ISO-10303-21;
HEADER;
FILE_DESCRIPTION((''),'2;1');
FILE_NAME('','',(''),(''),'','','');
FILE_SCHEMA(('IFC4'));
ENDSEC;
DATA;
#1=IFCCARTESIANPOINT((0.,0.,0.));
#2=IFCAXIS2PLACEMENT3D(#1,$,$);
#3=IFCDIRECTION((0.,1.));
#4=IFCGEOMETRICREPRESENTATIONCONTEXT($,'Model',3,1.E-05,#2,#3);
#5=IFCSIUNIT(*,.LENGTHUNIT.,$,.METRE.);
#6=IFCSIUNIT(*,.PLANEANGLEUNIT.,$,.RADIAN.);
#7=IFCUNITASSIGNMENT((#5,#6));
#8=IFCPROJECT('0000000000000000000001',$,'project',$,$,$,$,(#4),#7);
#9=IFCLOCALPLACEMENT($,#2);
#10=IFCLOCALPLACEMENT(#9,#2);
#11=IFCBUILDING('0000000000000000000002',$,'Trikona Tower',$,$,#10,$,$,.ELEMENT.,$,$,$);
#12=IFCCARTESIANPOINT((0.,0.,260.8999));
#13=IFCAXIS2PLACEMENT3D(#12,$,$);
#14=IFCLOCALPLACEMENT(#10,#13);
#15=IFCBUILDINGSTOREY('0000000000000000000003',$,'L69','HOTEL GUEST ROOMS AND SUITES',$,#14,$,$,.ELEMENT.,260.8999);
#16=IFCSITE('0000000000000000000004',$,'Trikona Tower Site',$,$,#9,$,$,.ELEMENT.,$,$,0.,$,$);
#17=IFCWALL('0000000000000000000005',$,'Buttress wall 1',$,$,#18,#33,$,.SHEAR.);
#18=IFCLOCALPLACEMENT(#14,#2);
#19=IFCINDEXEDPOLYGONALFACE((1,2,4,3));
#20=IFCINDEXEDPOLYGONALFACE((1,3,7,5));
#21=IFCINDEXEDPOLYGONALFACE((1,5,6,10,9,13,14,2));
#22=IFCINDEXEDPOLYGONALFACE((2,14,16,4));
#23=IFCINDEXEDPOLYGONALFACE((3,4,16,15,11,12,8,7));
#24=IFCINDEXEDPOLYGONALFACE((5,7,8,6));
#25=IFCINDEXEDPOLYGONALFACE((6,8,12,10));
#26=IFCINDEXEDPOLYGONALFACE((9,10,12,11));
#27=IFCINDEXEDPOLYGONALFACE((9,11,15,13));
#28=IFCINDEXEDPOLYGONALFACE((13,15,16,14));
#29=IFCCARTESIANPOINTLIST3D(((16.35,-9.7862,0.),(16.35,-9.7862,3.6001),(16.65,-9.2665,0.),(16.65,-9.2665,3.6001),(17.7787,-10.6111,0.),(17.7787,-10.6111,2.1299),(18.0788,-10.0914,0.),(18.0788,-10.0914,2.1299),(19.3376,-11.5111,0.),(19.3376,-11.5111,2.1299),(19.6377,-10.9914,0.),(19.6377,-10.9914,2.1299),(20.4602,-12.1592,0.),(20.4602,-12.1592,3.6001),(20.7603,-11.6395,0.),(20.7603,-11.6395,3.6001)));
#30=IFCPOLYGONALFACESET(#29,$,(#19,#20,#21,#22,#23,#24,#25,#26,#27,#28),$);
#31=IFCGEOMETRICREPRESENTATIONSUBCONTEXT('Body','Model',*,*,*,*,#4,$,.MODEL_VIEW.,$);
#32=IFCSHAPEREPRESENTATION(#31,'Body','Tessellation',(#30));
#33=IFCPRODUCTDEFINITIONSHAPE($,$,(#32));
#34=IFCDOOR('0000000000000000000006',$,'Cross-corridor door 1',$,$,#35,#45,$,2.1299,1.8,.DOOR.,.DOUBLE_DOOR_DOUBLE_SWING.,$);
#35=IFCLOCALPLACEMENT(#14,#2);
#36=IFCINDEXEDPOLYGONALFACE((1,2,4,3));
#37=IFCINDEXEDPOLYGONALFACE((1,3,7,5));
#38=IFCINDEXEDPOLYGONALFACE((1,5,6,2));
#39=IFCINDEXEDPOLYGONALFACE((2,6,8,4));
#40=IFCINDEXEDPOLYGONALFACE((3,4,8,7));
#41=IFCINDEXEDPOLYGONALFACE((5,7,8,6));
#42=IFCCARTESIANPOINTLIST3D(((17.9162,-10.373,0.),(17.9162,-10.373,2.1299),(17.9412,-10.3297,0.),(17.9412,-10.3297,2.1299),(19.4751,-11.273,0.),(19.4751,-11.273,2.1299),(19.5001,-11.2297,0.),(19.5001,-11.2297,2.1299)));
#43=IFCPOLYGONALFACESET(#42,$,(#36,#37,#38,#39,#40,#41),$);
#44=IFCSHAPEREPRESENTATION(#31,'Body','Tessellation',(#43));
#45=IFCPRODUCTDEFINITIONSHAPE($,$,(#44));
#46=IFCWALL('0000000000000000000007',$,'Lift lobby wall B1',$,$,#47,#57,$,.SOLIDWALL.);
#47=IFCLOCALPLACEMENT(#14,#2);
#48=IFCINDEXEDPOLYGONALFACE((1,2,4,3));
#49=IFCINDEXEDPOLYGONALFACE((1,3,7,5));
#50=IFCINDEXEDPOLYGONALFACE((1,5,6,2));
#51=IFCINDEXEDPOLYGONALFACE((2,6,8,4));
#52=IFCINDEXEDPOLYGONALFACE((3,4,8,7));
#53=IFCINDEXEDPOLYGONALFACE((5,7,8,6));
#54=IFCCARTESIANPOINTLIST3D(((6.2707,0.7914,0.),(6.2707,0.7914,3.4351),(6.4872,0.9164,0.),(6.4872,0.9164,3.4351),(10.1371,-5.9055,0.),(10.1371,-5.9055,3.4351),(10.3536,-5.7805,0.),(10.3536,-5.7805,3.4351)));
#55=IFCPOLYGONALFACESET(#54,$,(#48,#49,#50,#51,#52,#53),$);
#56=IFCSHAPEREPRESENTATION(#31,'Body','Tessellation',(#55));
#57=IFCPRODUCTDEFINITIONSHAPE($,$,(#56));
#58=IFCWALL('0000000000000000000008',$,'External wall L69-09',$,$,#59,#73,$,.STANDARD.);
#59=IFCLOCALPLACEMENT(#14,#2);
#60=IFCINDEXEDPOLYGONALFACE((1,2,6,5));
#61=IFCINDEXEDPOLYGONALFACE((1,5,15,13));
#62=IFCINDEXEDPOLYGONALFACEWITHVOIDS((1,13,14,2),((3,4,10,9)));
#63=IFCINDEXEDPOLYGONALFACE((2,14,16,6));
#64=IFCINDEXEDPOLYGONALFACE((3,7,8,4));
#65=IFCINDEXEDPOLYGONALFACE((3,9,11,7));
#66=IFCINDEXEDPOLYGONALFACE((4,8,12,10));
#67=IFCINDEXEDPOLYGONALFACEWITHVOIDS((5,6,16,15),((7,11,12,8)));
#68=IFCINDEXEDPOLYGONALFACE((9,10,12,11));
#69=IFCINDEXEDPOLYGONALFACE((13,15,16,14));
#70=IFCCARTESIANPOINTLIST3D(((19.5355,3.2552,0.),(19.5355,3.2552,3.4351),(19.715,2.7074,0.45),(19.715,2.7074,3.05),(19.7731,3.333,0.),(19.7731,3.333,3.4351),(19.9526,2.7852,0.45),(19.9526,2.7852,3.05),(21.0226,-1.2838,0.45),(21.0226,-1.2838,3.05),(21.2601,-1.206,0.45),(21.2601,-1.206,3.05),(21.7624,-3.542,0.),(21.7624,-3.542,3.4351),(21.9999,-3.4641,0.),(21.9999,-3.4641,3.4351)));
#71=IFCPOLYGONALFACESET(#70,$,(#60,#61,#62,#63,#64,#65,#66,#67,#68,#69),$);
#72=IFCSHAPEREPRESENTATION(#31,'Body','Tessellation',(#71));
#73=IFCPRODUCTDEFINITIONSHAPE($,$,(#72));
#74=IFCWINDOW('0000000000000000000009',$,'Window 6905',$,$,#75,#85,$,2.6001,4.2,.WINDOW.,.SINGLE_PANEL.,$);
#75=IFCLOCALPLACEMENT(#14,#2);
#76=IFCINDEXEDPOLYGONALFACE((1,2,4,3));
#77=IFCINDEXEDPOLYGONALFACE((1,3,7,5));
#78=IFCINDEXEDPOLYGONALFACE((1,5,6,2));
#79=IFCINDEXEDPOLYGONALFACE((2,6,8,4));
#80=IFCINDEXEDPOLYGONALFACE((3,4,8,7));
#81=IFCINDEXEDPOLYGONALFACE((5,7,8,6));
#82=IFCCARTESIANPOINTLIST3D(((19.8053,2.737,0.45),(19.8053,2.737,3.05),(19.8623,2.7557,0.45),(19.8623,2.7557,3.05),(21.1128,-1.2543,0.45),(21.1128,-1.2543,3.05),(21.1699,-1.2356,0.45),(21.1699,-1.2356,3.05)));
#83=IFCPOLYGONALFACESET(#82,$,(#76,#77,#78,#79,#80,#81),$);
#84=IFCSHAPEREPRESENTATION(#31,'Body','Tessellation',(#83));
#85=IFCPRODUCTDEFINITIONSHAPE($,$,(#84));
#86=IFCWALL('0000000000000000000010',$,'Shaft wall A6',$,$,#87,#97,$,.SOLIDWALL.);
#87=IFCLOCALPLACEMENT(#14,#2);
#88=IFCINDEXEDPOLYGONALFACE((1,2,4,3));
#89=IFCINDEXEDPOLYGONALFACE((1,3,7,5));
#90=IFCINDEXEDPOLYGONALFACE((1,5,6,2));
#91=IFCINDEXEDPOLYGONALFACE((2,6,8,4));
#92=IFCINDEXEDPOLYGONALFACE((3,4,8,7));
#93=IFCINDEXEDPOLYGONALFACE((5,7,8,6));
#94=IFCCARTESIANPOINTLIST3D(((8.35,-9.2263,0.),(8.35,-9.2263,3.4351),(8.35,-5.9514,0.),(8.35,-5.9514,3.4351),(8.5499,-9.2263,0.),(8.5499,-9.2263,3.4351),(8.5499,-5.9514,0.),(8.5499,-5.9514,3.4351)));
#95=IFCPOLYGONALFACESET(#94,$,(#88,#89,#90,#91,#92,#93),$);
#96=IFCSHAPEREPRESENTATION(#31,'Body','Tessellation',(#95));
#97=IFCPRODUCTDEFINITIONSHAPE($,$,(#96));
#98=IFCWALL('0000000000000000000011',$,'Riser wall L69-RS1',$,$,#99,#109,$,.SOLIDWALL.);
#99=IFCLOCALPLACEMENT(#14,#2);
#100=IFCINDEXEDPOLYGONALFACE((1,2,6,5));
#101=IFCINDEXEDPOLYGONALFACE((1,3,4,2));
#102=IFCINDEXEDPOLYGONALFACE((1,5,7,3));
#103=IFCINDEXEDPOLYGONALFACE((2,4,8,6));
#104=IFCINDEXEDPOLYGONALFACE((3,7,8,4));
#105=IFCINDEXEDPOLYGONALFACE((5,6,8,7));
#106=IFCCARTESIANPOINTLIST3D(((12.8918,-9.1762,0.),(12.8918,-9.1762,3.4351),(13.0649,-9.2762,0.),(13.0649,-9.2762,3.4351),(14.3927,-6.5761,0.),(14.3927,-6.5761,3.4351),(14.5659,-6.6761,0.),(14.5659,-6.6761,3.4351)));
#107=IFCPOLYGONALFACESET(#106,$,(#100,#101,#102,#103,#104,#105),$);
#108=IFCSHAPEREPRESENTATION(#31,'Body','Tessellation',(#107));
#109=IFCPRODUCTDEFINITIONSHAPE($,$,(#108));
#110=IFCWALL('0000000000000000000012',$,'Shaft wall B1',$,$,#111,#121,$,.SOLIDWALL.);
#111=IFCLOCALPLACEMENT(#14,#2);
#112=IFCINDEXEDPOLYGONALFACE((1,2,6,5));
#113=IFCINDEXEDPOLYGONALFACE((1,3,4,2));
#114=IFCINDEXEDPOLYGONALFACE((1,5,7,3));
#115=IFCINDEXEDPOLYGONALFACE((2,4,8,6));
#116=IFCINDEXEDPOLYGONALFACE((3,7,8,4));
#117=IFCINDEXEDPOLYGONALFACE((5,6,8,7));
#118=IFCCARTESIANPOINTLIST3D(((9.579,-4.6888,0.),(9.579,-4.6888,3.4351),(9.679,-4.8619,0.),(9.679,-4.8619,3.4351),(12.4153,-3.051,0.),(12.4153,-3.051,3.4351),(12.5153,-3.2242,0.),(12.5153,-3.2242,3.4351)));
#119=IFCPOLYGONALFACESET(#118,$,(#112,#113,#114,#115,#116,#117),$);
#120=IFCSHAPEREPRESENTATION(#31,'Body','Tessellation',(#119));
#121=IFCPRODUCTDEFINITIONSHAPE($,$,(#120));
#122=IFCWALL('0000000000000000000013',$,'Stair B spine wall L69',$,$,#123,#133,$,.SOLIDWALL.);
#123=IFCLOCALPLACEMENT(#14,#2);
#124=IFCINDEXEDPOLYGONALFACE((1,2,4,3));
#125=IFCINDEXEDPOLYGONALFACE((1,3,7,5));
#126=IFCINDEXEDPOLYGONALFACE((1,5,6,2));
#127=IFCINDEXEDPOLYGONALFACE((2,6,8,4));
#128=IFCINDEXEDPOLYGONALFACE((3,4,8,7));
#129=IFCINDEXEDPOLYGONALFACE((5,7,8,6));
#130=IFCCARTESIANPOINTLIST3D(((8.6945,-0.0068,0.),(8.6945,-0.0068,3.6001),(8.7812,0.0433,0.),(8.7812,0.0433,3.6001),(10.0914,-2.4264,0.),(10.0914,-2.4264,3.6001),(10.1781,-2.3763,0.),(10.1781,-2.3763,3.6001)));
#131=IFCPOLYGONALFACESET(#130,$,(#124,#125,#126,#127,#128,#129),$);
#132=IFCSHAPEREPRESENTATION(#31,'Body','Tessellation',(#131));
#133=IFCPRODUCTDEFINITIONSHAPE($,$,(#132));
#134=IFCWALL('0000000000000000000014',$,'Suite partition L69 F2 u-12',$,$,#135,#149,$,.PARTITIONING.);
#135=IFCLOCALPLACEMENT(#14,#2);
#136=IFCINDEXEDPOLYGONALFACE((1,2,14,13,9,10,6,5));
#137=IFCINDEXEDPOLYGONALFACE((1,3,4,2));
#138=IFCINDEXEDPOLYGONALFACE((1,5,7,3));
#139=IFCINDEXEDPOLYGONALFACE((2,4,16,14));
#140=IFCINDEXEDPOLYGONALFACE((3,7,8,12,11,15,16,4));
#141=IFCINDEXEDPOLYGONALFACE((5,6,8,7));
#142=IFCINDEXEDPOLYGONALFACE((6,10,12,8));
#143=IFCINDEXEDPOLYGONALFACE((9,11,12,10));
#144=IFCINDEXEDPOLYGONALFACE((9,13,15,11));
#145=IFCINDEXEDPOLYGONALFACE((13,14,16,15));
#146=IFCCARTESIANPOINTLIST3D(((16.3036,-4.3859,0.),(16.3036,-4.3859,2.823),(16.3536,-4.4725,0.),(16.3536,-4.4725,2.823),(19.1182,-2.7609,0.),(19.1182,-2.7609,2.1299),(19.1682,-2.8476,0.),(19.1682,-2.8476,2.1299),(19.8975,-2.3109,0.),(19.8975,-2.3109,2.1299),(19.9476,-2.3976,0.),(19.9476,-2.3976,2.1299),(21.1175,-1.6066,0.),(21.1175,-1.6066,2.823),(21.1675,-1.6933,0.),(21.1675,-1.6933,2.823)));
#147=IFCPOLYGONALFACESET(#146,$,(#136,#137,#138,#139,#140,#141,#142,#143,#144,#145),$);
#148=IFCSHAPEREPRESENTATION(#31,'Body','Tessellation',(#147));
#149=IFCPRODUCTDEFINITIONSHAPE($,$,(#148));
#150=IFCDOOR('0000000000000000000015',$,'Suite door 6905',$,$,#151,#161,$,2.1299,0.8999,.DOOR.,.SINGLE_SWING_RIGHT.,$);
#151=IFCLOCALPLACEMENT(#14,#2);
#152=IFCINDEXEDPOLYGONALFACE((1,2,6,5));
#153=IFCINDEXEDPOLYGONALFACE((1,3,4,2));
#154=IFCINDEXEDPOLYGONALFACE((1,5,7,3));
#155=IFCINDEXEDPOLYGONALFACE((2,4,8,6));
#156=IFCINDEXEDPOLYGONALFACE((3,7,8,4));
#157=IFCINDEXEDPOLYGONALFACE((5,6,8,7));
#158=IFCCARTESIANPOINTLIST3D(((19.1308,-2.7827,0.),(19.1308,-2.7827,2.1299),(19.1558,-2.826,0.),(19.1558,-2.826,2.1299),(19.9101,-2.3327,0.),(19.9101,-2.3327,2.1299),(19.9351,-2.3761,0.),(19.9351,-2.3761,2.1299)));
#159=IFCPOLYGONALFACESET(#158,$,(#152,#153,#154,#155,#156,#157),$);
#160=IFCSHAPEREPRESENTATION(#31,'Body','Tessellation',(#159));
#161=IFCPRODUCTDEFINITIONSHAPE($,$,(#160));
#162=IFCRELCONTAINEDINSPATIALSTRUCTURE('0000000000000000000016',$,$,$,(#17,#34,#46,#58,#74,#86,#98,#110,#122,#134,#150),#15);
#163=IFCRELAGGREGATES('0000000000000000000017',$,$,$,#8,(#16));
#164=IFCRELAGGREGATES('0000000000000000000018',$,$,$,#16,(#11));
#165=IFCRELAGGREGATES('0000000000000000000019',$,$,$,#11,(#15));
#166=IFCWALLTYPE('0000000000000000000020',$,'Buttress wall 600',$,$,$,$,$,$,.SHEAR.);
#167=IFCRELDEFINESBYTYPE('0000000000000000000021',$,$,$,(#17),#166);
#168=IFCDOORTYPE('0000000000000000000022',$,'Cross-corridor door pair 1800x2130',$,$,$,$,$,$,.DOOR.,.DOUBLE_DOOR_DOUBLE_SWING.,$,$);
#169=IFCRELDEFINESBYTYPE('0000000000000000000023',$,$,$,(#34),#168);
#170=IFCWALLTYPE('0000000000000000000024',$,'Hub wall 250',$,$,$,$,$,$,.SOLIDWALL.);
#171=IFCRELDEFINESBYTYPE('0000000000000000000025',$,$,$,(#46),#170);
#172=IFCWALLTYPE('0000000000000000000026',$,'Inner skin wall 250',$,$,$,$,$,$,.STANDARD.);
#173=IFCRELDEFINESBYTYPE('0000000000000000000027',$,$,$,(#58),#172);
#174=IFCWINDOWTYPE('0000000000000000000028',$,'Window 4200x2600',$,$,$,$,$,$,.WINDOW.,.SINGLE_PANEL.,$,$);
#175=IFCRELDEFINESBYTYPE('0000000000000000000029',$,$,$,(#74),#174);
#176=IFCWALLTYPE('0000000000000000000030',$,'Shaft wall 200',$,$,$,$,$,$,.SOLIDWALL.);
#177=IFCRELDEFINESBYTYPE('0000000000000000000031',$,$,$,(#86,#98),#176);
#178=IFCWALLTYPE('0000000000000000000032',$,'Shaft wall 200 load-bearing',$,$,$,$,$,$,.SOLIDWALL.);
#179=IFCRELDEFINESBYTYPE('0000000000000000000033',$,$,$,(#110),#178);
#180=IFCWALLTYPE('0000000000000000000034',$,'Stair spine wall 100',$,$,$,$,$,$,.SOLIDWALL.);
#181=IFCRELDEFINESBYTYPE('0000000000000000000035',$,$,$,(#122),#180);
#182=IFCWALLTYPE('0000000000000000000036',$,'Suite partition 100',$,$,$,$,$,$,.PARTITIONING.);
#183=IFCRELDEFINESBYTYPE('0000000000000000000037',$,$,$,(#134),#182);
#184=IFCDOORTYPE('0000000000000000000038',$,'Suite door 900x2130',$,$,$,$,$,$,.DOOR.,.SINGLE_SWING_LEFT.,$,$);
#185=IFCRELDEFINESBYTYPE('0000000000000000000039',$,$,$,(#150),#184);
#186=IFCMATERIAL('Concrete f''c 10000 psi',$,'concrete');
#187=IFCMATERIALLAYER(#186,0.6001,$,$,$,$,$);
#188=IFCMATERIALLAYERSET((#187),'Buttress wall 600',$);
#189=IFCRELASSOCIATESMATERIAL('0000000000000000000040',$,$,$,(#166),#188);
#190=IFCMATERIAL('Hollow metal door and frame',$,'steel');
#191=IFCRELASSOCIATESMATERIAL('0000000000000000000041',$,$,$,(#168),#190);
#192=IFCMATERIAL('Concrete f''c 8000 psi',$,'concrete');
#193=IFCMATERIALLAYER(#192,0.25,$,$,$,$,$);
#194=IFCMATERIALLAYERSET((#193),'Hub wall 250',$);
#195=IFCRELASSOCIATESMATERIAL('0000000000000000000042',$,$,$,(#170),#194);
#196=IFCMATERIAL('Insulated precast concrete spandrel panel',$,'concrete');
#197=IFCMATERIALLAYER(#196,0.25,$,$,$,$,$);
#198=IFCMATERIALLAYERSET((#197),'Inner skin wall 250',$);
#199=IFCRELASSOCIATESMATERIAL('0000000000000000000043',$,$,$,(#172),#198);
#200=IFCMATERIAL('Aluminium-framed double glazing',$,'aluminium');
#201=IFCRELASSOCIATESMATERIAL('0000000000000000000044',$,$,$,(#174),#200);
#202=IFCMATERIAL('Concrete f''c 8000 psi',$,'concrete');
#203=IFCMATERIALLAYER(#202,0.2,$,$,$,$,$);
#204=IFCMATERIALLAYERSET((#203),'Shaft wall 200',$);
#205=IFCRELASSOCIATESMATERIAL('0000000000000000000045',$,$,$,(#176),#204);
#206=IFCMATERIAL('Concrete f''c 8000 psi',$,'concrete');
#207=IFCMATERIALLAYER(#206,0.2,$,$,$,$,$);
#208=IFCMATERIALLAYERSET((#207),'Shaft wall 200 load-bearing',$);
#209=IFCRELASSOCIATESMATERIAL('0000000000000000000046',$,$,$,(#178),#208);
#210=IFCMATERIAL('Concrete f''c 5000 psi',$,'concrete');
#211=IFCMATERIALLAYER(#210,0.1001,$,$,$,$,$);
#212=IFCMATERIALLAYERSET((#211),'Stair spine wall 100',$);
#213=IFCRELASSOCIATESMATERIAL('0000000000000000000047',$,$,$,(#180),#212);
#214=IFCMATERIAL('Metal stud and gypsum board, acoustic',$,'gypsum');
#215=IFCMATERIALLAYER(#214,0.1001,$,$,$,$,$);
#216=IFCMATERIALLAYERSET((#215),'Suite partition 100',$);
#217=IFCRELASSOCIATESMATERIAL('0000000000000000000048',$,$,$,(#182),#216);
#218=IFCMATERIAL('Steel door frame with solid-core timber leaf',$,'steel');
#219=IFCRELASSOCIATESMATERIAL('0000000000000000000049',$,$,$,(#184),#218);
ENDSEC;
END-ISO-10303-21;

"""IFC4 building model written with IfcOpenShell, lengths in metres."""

from ifc_helpers import new_model, si_unit, direction, frame, frame_2d, origin, place, context, subcontext, project, spatial, rectangle, extrude, material, layer, layer_set, type_object, element, fill, save


model = new_model("IFC4")

# Units and contexts
model_context = context("Model", 3, precision=1e-05, world=origin(), true_north=direction((0.0, 1.0)))
body_context = subcontext(model_context, "Body", "Model", "MODEL_VIEW")
ifc_project = project(units=[si_unit("LENGTHUNIT", "METRE"), si_unit("PLANEANGLEUNIT", "RADIAN")], contexts=[model_context])

# Site, building, storey
site_placement = place(None, origin())
site = spatial("IfcSite", under=ifc_project, at=site_placement, Name="Trikona Tower Site", CompositionType="ELEMENT", RefElevation=0.0)
building_placement = place(site_placement, origin())
building = spatial("IfcBuilding", under=site, at=building_placement, Name="Trikona Tower", CompositionType="ELEMENT")
storey_placement = place(building_placement, frame((0.0, 0.0, 260.8999)))
storey = spatial("IfcBuildingStorey", under=building, at=storey_placement, Name="L69", Description="HOTEL GUEST ROOMS AND SUITES", CompositionType="ELEMENT", Elevation=260.8999)

# Wall, opening, door
ifc_material_1 = material(Name="Concrete f'c 10000 psi", Category="concrete")
ifc_layer_1 = layer(ifc_material_1, 0.6001)
ifc_layer_set_1 = layer_set([ifc_layer_1], Name="Buttress wall 600")
wall_type_1 = type_object("IfcWallType", Name="Buttress wall 600", PredefinedType="SHEAR", material=ifc_layer_set_1)
wall_1_placement = place(storey_placement, frame((16.5, -9.5264, 0.0), z_axis=(0.0, 0.0, 1.0), x_axis=(0.866031, -0.49999, 0.0)))
wall_1 = element("IfcWall", 1, at=wall_1_placement, inside=storey, type_object=wall_type_1, Name="Buttress wall 1", PredefinedType="SHEAR", context=body_context, shape_type="SweptSolid", body=[
    extrude(rectangle(XDim=4.7461, YDim=0.6001, at=frame_2d((2.373, 0.0))), origin(), (0.0, 0.0, 1.0), 3.6001),
])
opening_1_placement = place(wall_1_placement, frame((1.6499, 0.0, 0.0)))
opening_1 = element("IfcOpeningElement", 2, at=opening_1_placement, cuts=wall_1, PredefinedType="OPENING", context=body_context, shape_type="SweptSolid", body=[
    extrude(rectangle(XDim=1.8, YDim=2.1299, at=frame_2d((0.8999, 1.0649))), frame((0.0, 0.3101, 0.0), z_axis=(0.0, -1.0, 0.0), x_axis=(1.0, 0.0, 0.0)), (0.0, 0.0, 1.0), 0.6201),
])
ifc_material_2 = material(Name="Hollow metal door and frame", Category="steel")
door_type_1 = type_object("IfcDoorType", Name="Cross-corridor door pair 1800x2130", OperationType="DOUBLE_DOOR_DOUBLE_SWING", PredefinedType="DOOR", material=ifc_material_2)
door_1_placement = place(opening_1_placement, origin())
door_1 = element("IfcDoor", 3, at=door_1_placement, inside=storey, type_object=door_type_1, Name="Cross-corridor door 1", OperationType="DOUBLE_DOOR_DOUBLE_SWING", OverallHeight=2.1299, OverallWidth=1.8, PredefinedType="DOOR", context=body_context, shape_type="SweptSolid", body=[
    extrude(rectangle(XDim=1.8, YDim=2.1299, at=frame_2d((0.8999, 1.0649))), frame((0.0, 0.0249, 0.0), z_axis=(0.0, -1.0, 0.0), x_axis=(1.0, 0.0, 0.0)), (0.0, 0.0, 1.0), 0.05),
])
fill(opening_1, door_1)

# Wall
ifc_material_3 = material(Name="Concrete f'c 8000 psi", Category="concrete")
ifc_layer_2 = layer(ifc_material_3, 0.25)
ifc_layer_set_2 = layer_set([ifc_layer_2], Name="Hub wall 250")
wall_type_2 = type_object("IfcWallType", Name="Hub wall 250", PredefinedType="SOLIDWALL", material=ifc_layer_set_2)
wall_2_placement = place(storey_placement, frame((10.2454, -5.843, 0.0), z_axis=(0.0, 0.0, 1.0), x_axis=(-0.499993, 0.866029, 0.0)))
element("IfcWall", 4, at=wall_2_placement, inside=storey, type_object=wall_type_2, Name="Lift lobby wall B1", PredefinedType="SOLIDWALL", context=body_context, shape_type="SweptSolid", body=[
    extrude(rectangle(XDim=7.7329, YDim=0.25, at=frame_2d((3.8665, 0.0))), origin(), (0.0, 0.0, 1.0), 3.4351),
])

# Wall, opening, window
ifc_material_4 = material(Name="Insulated precast concrete spandrel panel", Category="concrete")
ifc_layer_3 = layer(ifc_material_4, 0.25)
ifc_layer_set_3 = layer_set([ifc_layer_3], Name="Inner skin wall 250")
wall_type_3 = type_object("IfcWallType", Name="Inner skin wall 250", PredefinedType="STANDARD", material=ifc_layer_set_3)
wall_3_placement = place(storey_placement, frame((21.8811, -3.5029, 0.0), z_axis=(0.0, 0.0, 1.0), x_axis=(-0.311329, 0.950302, 0.0)))
wall_3 = element("IfcWall", 5, at=wall_3_placement, inside=storey, type_object=wall_type_3, Name="External wall L69-09", PredefinedType="STANDARD", context=body_context, shape_type="SweptSolid", body=[
    extrude(rectangle(XDim=7.1526, YDim=0.25, at=frame_2d((3.5762, 0.0))), origin(), (0.0, 0.0, 1.0), 3.4351),
])
opening_2_placement = place(wall_3_placement, frame((2.376, 0.0, 0.45)))
opening_2 = element("IfcOpeningElement", 6, at=opening_2_placement, cuts=wall_3, PredefinedType="OPENING", context=body_context, shape_type="SweptSolid", body=[
    extrude(rectangle(XDim=4.2, YDim=2.6001, at=frame_2d((2.1001, 1.3))), frame((0.0, 0.135, 0.0), z_axis=(0.0, -1.0, 0.0), x_axis=(1.0, 0.0, 0.0)), (0.0, 0.0, 1.0), 0.27),
])
ifc_material_5 = material(Name="Aluminium-framed double glazing", Category="aluminium")
window_type_1 = type_object("IfcWindowType", Name="Window 4200x2600", PartitioningType="SINGLE_PANEL", PredefinedType="WINDOW", material=ifc_material_5)
window_1_placement = place(opening_2_placement, origin())
window_1 = element("IfcWindow", 7, at=window_1_placement, inside=storey, type_object=window_type_1, Name="Window 6905", OverallHeight=2.6001, OverallWidth=4.2, PartitioningType="SINGLE_PANEL", PredefinedType="WINDOW", context=body_context, shape_type="SweptSolid", body=[
    extrude(rectangle(XDim=4.2, YDim=2.6001, at=frame_2d((2.1001, 1.3))), frame((0.0, 0.03, 0.0), z_axis=(0.0, -1.0, 0.0), x_axis=(1.0, 0.0, 0.0)), (0.0, 0.0, 1.0), 0.0601),
])
fill(opening_2, window_1)

# Walls
ifc_material_6 = material(Name="Concrete f'c 8000 psi", Category="concrete")
ifc_layer_4 = layer(ifc_material_6, 0.2)
ifc_layer_set_4 = layer_set([ifc_layer_4], Name="Shaft wall 200")
wall_type_4 = type_object("IfcWallType", Name="Shaft wall 200", PredefinedType="SOLIDWALL", material=ifc_layer_set_4)
wall_4_placement = place(storey_placement, frame((8.45, -5.9514, 0.0), z_axis=(0.0, 0.0, 1.0), x_axis=(0.0, -1.0, 0.0)))
element("IfcWall", 8, at=wall_4_placement, inside=storey, type_object=wall_type_4, Name="Shaft wall A6", PredefinedType="SOLIDWALL", context=body_context, shape_type="SweptSolid", body=[
    extrude(rectangle(XDim=3.2749, YDim=0.2, at=frame_2d((1.6375, 0.0))), origin(), (0.0, 0.0, 1.0), 3.4351),
])
wall_5_placement = place(storey_placement, frame((14.4792, -6.6262, 0.0), z_axis=(0.0, 0.0, 1.0), x_axis=(-0.499952, -0.866053, 0.0)))
element("IfcWall", 9, at=wall_5_placement, inside=storey, type_object=wall_type_4, Name="Riser wall L69-RS1", PredefinedType="SOLIDWALL", context=body_context, shape_type="SweptSolid", body=[
    extrude(rectangle(XDim=3.0022, YDim=0.2, at=frame_2d((1.501, 0.0))), origin(), (0.0, 0.0, 1.0), 3.4351),
])
ifc_material_7 = material(Name="Concrete f'c 8000 psi", Category="concrete")
ifc_layer_5 = layer(ifc_material_7, 0.2)
ifc_layer_set_5 = layer_set([ifc_layer_5], Name="Shaft wall 200 load-bearing")
wall_type_5 = type_object("IfcWallType", Name="Shaft wall 200 load-bearing", PredefinedType="SOLIDWALL", material=ifc_layer_set_5)
wall_6_placement = place(storey_placement, frame((9.6289, -4.7754, 0.0), z_axis=(0.0, 0.0, 1.0), x_axis=(0.865996, 0.500052, 0.0)))
element("IfcWall", 10, at=wall_6_placement, inside=storey, type_object=wall_type_5, Name="Shaft wall B1", PredefinedType="SOLIDWALL", context=body_context, shape_type="SweptSolid", body=[
    extrude(rectangle(XDim=3.2751, YDim=0.2, at=frame_2d((1.6377, 0.0))), origin(), (0.0, 0.0, 1.0), 3.4351),
])
ifc_material_8 = material(Name="Concrete f'c 5000 psi", Category="concrete")
ifc_layer_6 = layer(ifc_material_8, 0.1001)
ifc_layer_set_6 = layer_set([ifc_layer_6], Name="Stair spine wall 100")
wall_type_6 = type_object("IfcWallType", Name="Stair spine wall 100", PredefinedType="SOLIDWALL", material=ifc_layer_set_6)
wall_7_placement = place(storey_placement, frame((10.1348, -2.4014, 0.0), z_axis=(0.0, 0.0, 1.0), x_axis=(-0.499992, 0.86603, 0.0)))
element("IfcWall", 11, at=wall_7_placement, inside=storey, type_object=wall_type_6, Name="Stair B spine wall L69", PredefinedType="SOLIDWALL", context=body_context, shape_type="SweptSolid", body=[
    extrude(rectangle(XDim=2.7939, YDim=0.1001, at=frame_2d((1.397, 0.0))), origin(), (0.0, 0.0, 1.0), 3.6001),
])

# Wall, opening, door
ifc_material_9 = material(Name="Metal stud and gypsum board, acoustic", Category="gypsum")
ifc_layer_7 = layer(ifc_material_9, 0.1001)
ifc_layer_set_7 = layer_set([ifc_layer_7], Name="Suite partition 100")
wall_type_7 = type_object("IfcWallType", Name="Suite partition 100", PredefinedType="PARTITIONING", material=ifc_layer_set_7)
wall_8_placement = place(storey_placement, frame((16.3286, -4.4292, 0.0), z_axis=(0.0, 0.0, 1.0), x_axis=(0.866029, 0.499994, 0.0)))
wall_8 = element("IfcWall", 12, at=wall_8_placement, inside=storey, type_object=wall_type_7, Name="Suite partition L69 F2 u-12", PredefinedType="PARTITIONING", context=body_context, shape_type="SweptSolid", body=[
    extrude(rectangle(XDim=5.5586, YDim=0.1001, at=frame_2d((2.7793, 0.0))), origin(), (0.0, 0.0, 1.0), 2.823),
])
opening_3_placement = place(wall_8_placement, frame((3.25, 0.0, 0.0)))
opening_3 = element("IfcOpeningElement", 13, at=opening_3_placement, cuts=wall_8, PredefinedType="OPENING", context=body_context, shape_type="SweptSolid", body=[
    extrude(rectangle(XDim=0.8999, YDim=2.1299, at=frame_2d((0.45, 1.0649))), frame((0.0, 0.0601, 0.0), z_axis=(0.0, -1.0, 0.0), x_axis=(1.0, 0.0, 0.0)), (0.0, 0.0, 1.0), 0.1201),
])
ifc_material_10 = material(Name="Steel door frame with solid-core timber leaf", Category="steel")
door_type_2 = type_object("IfcDoorType", Name="Suite door 900x2130", OperationType="SINGLE_SWING_LEFT", PredefinedType="DOOR", material=ifc_material_10)
door_2_placement = place(opening_3_placement, origin())
door_2 = element("IfcDoor", 14, at=door_2_placement, inside=storey, type_object=door_type_2, Name="Suite door 6905", OperationType="SINGLE_SWING_RIGHT", OverallHeight=2.1299, OverallWidth=0.8999, PredefinedType="DOOR", context=body_context, shape_type="SweptSolid", body=[
    extrude(rectangle(XDim=0.8999, YDim=2.1299, at=frame_2d((0.45, 1.0649))), frame((0.0, 0.0249, 0.0), z_axis=(0.0, -1.0, 0.0), x_axis=(1.0, 0.0, 0.0)), (0.0, 0.0, 1.0), 0.05),
])
fill(opening_3, door_2)

save(model, "model.ifc")
